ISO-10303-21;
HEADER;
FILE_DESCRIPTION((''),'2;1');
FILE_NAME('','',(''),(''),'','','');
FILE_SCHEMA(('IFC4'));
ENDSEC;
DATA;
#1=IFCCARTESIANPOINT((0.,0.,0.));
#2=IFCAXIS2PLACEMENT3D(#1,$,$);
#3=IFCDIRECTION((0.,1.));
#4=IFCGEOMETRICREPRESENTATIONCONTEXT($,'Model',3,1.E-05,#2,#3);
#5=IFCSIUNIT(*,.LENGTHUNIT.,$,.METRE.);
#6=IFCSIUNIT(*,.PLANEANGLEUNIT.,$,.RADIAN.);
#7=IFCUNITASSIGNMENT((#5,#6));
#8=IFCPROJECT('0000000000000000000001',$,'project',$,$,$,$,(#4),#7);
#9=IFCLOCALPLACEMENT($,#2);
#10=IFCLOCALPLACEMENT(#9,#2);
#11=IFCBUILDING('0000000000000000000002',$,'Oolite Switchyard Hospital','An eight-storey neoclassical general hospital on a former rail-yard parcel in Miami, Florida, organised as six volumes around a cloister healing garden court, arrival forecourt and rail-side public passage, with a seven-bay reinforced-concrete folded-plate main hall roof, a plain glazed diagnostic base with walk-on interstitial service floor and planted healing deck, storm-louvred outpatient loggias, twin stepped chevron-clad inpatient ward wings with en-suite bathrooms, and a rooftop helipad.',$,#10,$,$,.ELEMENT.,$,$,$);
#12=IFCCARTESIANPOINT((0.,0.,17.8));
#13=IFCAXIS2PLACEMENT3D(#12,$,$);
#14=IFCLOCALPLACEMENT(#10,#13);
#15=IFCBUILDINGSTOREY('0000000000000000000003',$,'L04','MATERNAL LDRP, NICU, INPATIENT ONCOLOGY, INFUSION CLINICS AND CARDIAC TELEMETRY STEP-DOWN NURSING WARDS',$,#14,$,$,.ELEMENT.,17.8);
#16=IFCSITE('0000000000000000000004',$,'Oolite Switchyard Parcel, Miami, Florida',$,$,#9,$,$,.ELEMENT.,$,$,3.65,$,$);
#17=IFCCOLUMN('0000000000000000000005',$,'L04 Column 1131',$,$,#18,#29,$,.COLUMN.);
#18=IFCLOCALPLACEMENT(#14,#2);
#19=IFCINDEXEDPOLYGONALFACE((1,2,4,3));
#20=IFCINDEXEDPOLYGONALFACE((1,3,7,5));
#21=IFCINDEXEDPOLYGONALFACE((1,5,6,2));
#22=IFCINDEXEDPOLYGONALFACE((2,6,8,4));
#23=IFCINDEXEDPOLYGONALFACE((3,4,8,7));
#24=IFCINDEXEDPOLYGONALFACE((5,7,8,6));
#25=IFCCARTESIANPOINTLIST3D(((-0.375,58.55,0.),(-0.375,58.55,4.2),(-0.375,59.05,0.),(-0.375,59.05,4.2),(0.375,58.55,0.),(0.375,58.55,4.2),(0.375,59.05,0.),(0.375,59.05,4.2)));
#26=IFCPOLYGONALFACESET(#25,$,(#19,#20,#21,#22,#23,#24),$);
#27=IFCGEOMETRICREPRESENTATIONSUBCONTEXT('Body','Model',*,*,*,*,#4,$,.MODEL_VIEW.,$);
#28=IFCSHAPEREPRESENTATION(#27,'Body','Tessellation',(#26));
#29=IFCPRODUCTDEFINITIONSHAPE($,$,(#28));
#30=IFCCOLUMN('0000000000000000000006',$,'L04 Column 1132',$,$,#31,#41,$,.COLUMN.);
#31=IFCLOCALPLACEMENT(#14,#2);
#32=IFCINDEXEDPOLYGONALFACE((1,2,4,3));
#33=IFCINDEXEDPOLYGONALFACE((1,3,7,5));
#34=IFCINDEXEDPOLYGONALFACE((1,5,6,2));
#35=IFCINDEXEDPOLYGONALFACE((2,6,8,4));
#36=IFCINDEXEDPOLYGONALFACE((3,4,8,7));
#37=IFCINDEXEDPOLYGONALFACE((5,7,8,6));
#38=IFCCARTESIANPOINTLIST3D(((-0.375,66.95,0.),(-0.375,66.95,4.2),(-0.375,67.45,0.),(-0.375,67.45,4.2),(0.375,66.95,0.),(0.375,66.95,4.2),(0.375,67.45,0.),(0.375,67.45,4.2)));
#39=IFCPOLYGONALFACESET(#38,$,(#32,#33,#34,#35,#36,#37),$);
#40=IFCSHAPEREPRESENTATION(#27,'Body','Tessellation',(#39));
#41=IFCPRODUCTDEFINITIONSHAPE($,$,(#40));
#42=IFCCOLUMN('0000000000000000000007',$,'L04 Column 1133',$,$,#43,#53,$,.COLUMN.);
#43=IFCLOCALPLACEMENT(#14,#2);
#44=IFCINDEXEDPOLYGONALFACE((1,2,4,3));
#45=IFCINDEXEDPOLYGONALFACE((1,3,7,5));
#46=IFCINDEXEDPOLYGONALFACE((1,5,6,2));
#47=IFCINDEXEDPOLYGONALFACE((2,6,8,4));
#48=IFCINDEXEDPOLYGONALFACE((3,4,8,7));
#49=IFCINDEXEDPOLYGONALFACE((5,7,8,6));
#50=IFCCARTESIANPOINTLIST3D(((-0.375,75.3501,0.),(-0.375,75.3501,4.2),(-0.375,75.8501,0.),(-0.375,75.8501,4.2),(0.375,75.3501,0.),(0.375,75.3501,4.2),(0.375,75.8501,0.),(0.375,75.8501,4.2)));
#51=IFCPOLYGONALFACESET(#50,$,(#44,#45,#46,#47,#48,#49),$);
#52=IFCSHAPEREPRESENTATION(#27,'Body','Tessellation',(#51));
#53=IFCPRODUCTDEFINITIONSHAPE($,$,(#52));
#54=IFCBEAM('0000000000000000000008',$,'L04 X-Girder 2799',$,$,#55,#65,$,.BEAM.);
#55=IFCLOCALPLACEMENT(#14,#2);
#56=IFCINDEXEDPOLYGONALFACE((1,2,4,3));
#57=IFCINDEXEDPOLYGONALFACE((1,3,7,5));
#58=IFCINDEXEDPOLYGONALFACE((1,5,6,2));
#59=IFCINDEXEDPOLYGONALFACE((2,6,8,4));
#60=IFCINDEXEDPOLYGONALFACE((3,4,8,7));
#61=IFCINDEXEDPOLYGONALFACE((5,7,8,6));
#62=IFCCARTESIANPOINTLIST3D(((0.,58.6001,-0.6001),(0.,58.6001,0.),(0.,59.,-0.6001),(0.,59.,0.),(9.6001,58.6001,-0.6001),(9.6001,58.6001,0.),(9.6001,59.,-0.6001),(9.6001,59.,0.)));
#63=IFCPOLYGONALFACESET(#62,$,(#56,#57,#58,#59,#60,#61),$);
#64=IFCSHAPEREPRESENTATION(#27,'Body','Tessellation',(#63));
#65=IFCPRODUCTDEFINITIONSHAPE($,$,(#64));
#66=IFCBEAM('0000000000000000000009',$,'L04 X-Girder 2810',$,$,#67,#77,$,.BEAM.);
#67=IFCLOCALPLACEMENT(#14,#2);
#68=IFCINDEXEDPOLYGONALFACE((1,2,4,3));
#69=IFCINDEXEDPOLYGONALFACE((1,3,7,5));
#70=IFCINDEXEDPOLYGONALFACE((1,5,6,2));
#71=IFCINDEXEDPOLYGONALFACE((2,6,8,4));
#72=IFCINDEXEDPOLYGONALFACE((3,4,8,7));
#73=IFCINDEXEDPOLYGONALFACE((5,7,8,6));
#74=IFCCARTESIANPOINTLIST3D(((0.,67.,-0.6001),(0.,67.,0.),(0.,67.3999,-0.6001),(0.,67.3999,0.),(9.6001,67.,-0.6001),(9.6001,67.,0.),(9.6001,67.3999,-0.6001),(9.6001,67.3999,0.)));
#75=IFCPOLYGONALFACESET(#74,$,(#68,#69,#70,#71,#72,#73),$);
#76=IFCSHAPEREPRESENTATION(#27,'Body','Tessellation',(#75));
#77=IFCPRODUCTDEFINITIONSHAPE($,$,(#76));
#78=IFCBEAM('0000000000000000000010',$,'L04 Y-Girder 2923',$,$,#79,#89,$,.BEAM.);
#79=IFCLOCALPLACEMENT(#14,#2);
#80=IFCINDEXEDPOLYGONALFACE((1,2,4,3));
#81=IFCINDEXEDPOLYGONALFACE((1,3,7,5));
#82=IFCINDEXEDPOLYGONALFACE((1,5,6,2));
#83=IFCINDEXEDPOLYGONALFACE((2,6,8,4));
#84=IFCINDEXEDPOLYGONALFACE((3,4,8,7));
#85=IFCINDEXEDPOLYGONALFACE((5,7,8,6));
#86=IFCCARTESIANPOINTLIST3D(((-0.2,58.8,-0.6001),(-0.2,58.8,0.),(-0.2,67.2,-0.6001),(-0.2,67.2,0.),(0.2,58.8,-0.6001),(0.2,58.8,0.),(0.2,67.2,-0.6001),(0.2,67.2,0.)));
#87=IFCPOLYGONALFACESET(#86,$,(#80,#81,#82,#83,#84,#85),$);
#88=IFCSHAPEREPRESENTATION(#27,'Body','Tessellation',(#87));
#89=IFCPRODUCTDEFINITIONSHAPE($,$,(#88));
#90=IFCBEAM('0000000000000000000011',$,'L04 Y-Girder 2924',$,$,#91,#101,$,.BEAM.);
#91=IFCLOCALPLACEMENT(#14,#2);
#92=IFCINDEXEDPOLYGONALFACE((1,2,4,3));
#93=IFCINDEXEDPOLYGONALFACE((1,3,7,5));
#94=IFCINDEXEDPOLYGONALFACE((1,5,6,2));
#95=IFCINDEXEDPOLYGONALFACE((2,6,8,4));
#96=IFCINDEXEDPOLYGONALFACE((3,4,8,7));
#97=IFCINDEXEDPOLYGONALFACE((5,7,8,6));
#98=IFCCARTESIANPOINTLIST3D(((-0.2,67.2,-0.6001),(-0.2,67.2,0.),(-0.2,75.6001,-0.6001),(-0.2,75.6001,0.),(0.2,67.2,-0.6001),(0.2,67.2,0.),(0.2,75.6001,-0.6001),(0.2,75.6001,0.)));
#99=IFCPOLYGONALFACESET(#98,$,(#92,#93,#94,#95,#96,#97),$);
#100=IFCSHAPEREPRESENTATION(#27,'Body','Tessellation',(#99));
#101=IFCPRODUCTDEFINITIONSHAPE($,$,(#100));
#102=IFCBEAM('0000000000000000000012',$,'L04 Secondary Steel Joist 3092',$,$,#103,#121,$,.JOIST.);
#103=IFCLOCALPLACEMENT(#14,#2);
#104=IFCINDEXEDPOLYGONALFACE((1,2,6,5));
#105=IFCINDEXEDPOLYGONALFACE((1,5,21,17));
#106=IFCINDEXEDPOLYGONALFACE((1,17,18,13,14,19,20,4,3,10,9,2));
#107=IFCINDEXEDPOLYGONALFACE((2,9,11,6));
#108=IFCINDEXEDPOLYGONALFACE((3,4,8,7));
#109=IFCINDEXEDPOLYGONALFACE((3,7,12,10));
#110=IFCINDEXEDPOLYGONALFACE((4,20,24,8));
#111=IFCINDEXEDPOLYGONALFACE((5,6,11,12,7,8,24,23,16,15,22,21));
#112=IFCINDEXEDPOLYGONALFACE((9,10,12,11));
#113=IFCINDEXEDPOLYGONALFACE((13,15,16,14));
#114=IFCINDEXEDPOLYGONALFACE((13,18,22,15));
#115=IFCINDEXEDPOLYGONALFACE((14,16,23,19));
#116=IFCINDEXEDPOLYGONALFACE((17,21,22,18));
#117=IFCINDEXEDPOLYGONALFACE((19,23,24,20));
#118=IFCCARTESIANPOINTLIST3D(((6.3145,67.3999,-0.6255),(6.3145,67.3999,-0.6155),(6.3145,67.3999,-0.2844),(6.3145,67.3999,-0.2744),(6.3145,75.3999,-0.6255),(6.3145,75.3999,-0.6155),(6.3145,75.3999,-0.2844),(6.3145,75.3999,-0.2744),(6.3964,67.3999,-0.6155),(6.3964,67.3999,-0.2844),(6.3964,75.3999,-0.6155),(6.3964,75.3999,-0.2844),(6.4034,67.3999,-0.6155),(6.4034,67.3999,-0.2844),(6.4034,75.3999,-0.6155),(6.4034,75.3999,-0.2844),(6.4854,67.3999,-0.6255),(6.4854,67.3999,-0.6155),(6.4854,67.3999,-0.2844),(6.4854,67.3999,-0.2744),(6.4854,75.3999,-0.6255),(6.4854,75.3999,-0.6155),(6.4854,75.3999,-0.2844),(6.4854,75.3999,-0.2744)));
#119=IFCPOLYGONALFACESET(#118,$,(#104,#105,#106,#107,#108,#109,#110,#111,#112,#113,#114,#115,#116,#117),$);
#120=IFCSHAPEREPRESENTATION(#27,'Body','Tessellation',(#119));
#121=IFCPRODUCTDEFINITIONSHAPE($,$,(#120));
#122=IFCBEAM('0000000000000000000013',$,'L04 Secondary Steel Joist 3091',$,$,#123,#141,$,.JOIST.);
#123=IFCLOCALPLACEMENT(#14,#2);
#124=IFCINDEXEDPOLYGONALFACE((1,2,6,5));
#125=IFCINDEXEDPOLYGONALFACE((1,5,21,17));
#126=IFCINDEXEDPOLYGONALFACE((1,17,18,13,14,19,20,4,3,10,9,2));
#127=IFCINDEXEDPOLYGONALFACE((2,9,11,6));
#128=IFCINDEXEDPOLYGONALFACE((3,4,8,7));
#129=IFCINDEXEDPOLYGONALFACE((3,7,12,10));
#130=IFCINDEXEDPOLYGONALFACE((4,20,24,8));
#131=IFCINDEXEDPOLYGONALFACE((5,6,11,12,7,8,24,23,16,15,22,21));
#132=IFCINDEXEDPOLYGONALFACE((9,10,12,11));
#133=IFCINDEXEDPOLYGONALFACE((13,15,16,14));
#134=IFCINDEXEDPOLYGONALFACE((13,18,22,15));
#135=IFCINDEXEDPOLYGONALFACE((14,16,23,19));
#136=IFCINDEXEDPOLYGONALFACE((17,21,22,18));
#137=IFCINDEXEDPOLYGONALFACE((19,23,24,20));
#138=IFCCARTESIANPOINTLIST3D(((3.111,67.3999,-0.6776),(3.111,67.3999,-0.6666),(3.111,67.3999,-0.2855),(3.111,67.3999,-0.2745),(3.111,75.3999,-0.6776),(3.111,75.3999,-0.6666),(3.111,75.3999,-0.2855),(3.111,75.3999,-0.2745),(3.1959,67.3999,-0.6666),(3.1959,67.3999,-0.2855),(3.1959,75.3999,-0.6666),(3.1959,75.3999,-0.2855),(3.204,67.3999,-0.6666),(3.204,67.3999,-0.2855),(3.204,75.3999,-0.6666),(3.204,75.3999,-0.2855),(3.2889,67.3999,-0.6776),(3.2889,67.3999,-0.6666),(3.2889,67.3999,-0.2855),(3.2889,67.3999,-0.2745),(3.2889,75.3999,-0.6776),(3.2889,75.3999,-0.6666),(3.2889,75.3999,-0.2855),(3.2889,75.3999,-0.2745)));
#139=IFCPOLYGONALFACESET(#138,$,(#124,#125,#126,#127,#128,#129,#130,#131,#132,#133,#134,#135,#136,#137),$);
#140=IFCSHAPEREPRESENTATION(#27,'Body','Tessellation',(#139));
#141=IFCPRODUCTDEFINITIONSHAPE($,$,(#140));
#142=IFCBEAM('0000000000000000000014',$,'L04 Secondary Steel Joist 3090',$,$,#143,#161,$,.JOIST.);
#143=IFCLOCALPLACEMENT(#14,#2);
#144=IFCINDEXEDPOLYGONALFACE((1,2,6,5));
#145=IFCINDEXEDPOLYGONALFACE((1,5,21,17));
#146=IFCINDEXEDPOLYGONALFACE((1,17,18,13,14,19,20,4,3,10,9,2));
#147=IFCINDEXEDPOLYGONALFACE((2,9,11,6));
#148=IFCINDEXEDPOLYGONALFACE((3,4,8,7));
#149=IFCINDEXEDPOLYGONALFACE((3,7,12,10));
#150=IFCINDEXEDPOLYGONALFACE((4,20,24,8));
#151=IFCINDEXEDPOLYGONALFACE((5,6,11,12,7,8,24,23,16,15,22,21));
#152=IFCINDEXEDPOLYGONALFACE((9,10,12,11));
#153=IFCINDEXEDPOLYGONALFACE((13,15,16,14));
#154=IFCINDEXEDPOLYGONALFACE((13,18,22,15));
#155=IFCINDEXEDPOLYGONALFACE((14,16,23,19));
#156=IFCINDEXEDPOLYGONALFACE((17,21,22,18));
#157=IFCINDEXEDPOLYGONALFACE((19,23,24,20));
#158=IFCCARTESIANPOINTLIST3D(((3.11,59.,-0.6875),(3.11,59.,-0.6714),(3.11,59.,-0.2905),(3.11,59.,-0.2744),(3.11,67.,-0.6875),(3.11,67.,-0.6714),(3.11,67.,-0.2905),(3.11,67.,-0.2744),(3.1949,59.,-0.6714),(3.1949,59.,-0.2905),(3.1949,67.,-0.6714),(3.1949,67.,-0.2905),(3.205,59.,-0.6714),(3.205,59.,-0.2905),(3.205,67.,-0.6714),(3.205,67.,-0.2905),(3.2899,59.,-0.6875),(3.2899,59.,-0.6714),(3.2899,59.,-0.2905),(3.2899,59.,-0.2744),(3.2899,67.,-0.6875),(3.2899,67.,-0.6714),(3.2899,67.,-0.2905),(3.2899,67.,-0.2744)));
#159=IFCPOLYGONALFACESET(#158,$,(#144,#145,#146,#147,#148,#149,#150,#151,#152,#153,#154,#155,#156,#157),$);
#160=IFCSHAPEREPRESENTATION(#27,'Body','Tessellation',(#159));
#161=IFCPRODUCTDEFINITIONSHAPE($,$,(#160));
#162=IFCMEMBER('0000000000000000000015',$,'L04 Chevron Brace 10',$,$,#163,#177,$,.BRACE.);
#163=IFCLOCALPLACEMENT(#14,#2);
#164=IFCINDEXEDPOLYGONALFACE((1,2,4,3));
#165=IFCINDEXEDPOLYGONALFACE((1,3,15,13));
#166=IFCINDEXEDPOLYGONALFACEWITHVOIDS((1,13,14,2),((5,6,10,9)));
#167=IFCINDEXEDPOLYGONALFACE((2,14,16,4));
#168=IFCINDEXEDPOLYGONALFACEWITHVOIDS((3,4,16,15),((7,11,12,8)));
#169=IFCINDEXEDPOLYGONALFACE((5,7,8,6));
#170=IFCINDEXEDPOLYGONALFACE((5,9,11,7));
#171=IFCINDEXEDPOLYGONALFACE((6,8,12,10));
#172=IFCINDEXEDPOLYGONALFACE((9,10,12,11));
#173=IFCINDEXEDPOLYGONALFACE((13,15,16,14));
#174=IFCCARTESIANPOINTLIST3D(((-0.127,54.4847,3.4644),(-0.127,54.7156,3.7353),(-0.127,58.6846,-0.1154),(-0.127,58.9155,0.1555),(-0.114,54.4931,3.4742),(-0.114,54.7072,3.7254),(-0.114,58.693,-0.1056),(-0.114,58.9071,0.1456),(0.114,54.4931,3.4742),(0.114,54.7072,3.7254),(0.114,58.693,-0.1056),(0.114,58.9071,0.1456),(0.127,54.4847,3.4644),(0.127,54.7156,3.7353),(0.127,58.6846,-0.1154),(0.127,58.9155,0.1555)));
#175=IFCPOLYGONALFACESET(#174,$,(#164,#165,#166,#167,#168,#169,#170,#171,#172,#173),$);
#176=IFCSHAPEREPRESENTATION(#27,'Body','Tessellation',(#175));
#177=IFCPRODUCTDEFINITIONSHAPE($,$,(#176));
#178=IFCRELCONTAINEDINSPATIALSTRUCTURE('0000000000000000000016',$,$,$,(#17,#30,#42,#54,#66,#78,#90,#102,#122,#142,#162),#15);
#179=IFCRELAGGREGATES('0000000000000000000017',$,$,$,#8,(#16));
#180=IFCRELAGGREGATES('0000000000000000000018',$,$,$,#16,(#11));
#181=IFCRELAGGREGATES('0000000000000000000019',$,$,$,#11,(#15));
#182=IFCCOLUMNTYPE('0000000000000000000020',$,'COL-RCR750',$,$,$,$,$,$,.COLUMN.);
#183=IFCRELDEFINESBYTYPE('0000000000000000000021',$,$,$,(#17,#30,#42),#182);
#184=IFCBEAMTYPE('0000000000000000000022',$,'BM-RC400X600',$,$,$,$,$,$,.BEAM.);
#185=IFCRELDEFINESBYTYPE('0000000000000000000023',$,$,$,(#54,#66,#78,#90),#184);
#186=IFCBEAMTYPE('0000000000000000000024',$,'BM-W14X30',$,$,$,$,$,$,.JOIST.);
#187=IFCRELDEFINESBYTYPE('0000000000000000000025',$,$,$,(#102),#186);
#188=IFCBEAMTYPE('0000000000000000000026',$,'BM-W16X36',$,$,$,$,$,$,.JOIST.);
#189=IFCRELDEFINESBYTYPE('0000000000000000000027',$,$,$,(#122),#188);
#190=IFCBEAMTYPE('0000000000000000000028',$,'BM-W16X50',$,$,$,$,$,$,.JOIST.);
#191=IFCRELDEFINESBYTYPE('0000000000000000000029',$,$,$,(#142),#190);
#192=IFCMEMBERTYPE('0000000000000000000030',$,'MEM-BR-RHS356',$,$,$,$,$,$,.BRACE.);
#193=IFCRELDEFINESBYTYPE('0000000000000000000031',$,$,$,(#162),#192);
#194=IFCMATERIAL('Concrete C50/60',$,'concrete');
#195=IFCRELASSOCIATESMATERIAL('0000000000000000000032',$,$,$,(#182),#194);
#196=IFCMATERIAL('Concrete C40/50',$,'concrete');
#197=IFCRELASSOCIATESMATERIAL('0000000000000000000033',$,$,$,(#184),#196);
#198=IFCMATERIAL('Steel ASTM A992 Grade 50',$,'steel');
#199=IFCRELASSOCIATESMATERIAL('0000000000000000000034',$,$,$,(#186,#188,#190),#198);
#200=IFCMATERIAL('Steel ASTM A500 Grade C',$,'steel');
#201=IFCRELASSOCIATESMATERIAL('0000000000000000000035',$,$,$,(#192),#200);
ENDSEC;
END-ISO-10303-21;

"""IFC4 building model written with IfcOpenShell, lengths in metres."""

from ifc_helpers import new_model, si_unit, direction, frame, origin, origin_2d, place, context, subcontext, project, spatial, rectangle, hollow_rectangle, i_section, extrude, material, material_profile, profile_set, type_object, element, save


model = new_model("IFC4")

# Units and contexts
model_context = context("Model", 3, precision=1e-05, world=origin(), true_north=direction((0.0, 1.0)))
body_context = subcontext(model_context, "Body", "Model", "MODEL_VIEW")
ifc_project = project(units=[si_unit("LENGTHUNIT", "METRE"), si_unit("PLANEANGLEUNIT", "RADIAN")], contexts=[model_context])

# Site, building, storey
site_placement = place(None, origin())
site = spatial("IfcSite", under=ifc_project, at=site_placement, Name="Oolite Switchyard Parcel, Miami, Florida", CompositionType="ELEMENT", RefElevation=3.65)
building_placement = place(site_placement, origin())
building = spatial("IfcBuilding", under=site, at=building_placement, Name="Oolite Switchyard Hospital", Description="An eight-storey neoclassical general hospital on a former rail-yard parcel in Miami, Florida, organised as six volumes around a cloister healing garden court, arrival forecourt and rail-side public passage, with a seven-bay reinforced-concrete folded-plate main hall roof, a plain glazed diagnostic base with walk-on interstitial service floor and planted healing deck, storm-louvred outpatient loggias, twin stepped chevron-clad inpatient ward wings with en-suite bathrooms, and a rooftop helipad.", CompositionType="ELEMENT")
storey_placement = place(building_placement, frame((0.0, 0.0, 17.8)))
storey = spatial("IfcBuildingStorey", under=building, at=storey_placement, Name="L04", Description="MATERNAL LDRP, NICU, INPATIENT ONCOLOGY, INFUSION CLINICS AND CARDIAC TELEMETRY STEP-DOWN NURSING WARDS", CompositionType="ELEMENT", Elevation=17.8)

# Columns
ifc_material_1 = material(Name="Concrete C50/60", Category="concrete")
ifc_material_profile_1 = material_profile(ifc_material_1, rectangle(XDim=0.75, YDim=0.5, at=origin_2d()), Name="RC750X500")
ifc_profile_set_1 = profile_set([ifc_material_profile_1], Name="Concrete C50/60")
column_type = type_object("IfcColumnType", Name="COL-RCR750", PredefinedType="COLUMN", material=ifc_profile_set_1)
for number, where, z_axis, x_axis, name in (
    (1, (0.0, 58.8, 0.0), (0.0, 0.0, 1.0), (1.0, 0.0, 0.0), "L04 Column 1131"),
    (2, (0.0, 67.2, 0.0), (0.0, 0.0, 1.0), (1.0, 0.0, 0.0), "L04 Column 1132"),
    (3, (0.0, 75.6001, 0.0), (0.0, 0.0, 1.0), (1.0, 0.0, 0.0), "L04 Column 1133"),
):
    element("IfcColumn", number, at=place(storey_placement, frame(where, z_axis=z_axis, x_axis=x_axis)), inside=storey, type_object=column_type, Name=name, PredefinedType="COLUMN", context=body_context, shape_type="SweptSolid", body=[
        extrude(rectangle(XDim=0.75, YDim=0.5, at=origin_2d()), origin(), (0.0, 0.0, 1.0), 4.2),
    ])

# Beams
ifc_material_2 = material(Name="Concrete C40/50", Category="concrete")
ifc_material_profile_2 = material_profile(ifc_material_2, rectangle(XDim=0.3999, YDim=0.6001, at=origin_2d()), Name="RCB400X600")
ifc_profile_set_2 = profile_set([ifc_material_profile_2], Name="Concrete C40/50")
beam_type_1 = type_object("IfcBeamType", Name="BM-RC400X600", PredefinedType="BEAM", material=ifc_profile_set_2)
for number, where, z_axis, x_axis, name in (
    (4, (0.0, 58.8, -0.3), (1.0, 0.0, 0.0), (0.0, 1.0, 0.0), "L04 X-Girder 2799"),
    (5, (0.0, 67.2, -0.3), (1.0, 0.0, 0.0), (0.0, 1.0, 0.0), "L04 X-Girder 2810"),
):
    element("IfcBeam", number, at=place(storey_placement, frame(where, z_axis=z_axis, x_axis=x_axis)), inside=storey, type_object=beam_type_1, Name=name, PredefinedType="BEAM", context=body_context, shape_type="SweptSolid", body=[
        extrude(rectangle(XDim=0.3999, YDim=0.6001, at=origin_2d()), origin(), (0.0, 0.0, 1.0), 9.6001),
    ])
beam_1_placement = place(storey_placement, frame((0.0, 58.8, -0.3), z_axis=(0.0, 1.0, 0.0), x_axis=(-1.0, 0.0, 0.0)))
element("IfcBeam", 6, at=beam_1_placement, inside=storey, type_object=beam_type_1, Name="L04 Y-Girder 2923", PredefinedType="BEAM", context=body_context, shape_type="SweptSolid", body=[
    extrude(rectangle(XDim=0.3999, YDim=0.6001, at=origin_2d()), origin(), (0.0, 0.0, 1.0), 8.3999),
])
beam_2_placement = place(storey_placement, frame((0.0, 67.2, -0.3), z_axis=(0.0, 1.0, 0.0), x_axis=(-1.0, 0.0, 0.0)))
element("IfcBeam", 7, at=beam_2_placement, inside=storey, type_object=beam_type_1, Name="L04 Y-Girder 2924", PredefinedType="BEAM", context=body_context, shape_type="SweptSolid", body=[
    extrude(rectangle(XDim=0.3999, YDim=0.6001, at=origin_2d()), origin(), (0.0, 0.0, 1.0), 8.4001),
])
ifc_material_3 = material(Name="Steel ASTM A992 Grade 50", Category="steel")
ifc_material_profile_3 = material_profile(ifc_material_3, i_section(OverallWidth=0.1709, OverallDepth=0.3511, WebThickness=0.0071, FlangeThickness=0.01, at=origin_2d()), Name="W14X30")
ifc_profile_set_3 = profile_set([ifc_material_profile_3], Name="Steel ASTM A992 Grade 50")
beam_type_2 = type_object("IfcBeamType", Name="BM-W14X30", PredefinedType="JOIST", material=ifc_profile_set_3)
beam_3_placement = place(storey_placement, frame((6.3999, 67.3999, -0.45), z_axis=(0.0, 1.0, 0.0), x_axis=(-1.0, 0.0, 0.0)))
element("IfcBeam", 8, at=beam_3_placement, inside=storey, type_object=beam_type_2, Name="L04 Secondary Steel Joist 3092", PredefinedType="JOIST", context=body_context, shape_type="SweptSolid", body=[
    extrude(i_section(OverallWidth=0.1709, OverallDepth=0.3511, WebThickness=0.0071, FlangeThickness=0.01, at=origin_2d()), origin(), (0.0, 0.0, 1.0), 8.0),
])
ifc_material_profile_4 = material_profile(ifc_material_3, i_section(OverallWidth=0.178, OverallDepth=0.4031, WebThickness=0.0081, FlangeThickness=0.011, at=origin_2d()), Name="W16X36")
ifc_profile_set_4 = profile_set([ifc_material_profile_4], Name="Steel ASTM A992 Grade 50")
beam_type_3 = type_object("IfcBeamType", Name="BM-W16X36", PredefinedType="JOIST", material=ifc_profile_set_4)
beam_4_placement = place(storey_placement, frame((3.2, 67.3999, -0.4761), z_axis=(0.0, 1.0, 0.0), x_axis=(-1.0, 0.0, 0.0)))
element("IfcBeam", 9, at=beam_4_placement, inside=storey, type_object=beam_type_3, Name="L04 Secondary Steel Joist 3091", PredefinedType="JOIST", context=body_context, shape_type="SweptSolid", body=[
    extrude(i_section(OverallWidth=0.178, OverallDepth=0.4031, WebThickness=0.0081, FlangeThickness=0.011, at=origin_2d()), origin(), (0.0, 0.0, 1.0), 8.0),
])
ifc_material_profile_5 = material_profile(ifc_material_3, i_section(OverallWidth=0.1799, OverallDepth=0.4131, WebThickness=0.01, FlangeThickness=0.0161, at=origin_2d()), Name="W16X50")
ifc_profile_set_5 = profile_set([ifc_material_profile_5], Name="Steel ASTM A992 Grade 50")
beam_type_4 = type_object("IfcBeamType", Name="BM-W16X50", PredefinedType="JOIST", material=ifc_profile_set_5)
beam_5_placement = place(storey_placement, frame((3.2, 59.0, -0.481), z_axis=(0.0, 1.0, 0.0), x_axis=(-1.0, 0.0, 0.0)))
element("IfcBeam", 10, at=beam_5_placement, inside=storey, type_object=beam_type_4, Name="L04 Secondary Steel Joist 3090", PredefinedType="JOIST", context=body_context, shape_type="SweptSolid", body=[
    extrude(i_section(OverallWidth=0.1799, OverallDepth=0.4131, WebThickness=0.01, FlangeThickness=0.0161, at=origin_2d()), origin(), (0.0, 0.0, 1.0), 8.0),
])

# Member
ifc_material_4 = material(Name="Steel ASTM A500 Grade C", Category="steel")
ifc_material_profile_6 = material_profile(ifc_material_4, hollow_rectangle(XDim=0.2539, YDim=0.356, WallThickness=0.0129, at=origin_2d()), Name="HSS356X254X13")
ifc_profile_set_6 = profile_set([ifc_material_profile_6], Name="Steel ASTM A500 Grade C")
member_type = type_object("IfcMemberType", Name="MEM-BR-RHS356", PredefinedType="BRACE", material=ifc_profile_set_6)
member_placement = place(storey_placement, frame((0.0, 58.8, 0.02), z_axis=(0.0, -0.761056, 0.648687), x_axis=(1.0, 0.0, 0.0)))
element("IfcMember", 11, at=member_placement, inside=storey, type_object=member_type, Name="L04 Chevron Brace 10", PredefinedType="BRACE", context=body_context, shape_type="SweptSolid", body=[
    extrude(hollow_rectangle(XDim=0.2539, YDim=0.356, WallThickness=0.0129, at=origin_2d()), origin(), (0.0, 0.0, 1.0), 5.5186),
])

save(model, "model.ifc")
